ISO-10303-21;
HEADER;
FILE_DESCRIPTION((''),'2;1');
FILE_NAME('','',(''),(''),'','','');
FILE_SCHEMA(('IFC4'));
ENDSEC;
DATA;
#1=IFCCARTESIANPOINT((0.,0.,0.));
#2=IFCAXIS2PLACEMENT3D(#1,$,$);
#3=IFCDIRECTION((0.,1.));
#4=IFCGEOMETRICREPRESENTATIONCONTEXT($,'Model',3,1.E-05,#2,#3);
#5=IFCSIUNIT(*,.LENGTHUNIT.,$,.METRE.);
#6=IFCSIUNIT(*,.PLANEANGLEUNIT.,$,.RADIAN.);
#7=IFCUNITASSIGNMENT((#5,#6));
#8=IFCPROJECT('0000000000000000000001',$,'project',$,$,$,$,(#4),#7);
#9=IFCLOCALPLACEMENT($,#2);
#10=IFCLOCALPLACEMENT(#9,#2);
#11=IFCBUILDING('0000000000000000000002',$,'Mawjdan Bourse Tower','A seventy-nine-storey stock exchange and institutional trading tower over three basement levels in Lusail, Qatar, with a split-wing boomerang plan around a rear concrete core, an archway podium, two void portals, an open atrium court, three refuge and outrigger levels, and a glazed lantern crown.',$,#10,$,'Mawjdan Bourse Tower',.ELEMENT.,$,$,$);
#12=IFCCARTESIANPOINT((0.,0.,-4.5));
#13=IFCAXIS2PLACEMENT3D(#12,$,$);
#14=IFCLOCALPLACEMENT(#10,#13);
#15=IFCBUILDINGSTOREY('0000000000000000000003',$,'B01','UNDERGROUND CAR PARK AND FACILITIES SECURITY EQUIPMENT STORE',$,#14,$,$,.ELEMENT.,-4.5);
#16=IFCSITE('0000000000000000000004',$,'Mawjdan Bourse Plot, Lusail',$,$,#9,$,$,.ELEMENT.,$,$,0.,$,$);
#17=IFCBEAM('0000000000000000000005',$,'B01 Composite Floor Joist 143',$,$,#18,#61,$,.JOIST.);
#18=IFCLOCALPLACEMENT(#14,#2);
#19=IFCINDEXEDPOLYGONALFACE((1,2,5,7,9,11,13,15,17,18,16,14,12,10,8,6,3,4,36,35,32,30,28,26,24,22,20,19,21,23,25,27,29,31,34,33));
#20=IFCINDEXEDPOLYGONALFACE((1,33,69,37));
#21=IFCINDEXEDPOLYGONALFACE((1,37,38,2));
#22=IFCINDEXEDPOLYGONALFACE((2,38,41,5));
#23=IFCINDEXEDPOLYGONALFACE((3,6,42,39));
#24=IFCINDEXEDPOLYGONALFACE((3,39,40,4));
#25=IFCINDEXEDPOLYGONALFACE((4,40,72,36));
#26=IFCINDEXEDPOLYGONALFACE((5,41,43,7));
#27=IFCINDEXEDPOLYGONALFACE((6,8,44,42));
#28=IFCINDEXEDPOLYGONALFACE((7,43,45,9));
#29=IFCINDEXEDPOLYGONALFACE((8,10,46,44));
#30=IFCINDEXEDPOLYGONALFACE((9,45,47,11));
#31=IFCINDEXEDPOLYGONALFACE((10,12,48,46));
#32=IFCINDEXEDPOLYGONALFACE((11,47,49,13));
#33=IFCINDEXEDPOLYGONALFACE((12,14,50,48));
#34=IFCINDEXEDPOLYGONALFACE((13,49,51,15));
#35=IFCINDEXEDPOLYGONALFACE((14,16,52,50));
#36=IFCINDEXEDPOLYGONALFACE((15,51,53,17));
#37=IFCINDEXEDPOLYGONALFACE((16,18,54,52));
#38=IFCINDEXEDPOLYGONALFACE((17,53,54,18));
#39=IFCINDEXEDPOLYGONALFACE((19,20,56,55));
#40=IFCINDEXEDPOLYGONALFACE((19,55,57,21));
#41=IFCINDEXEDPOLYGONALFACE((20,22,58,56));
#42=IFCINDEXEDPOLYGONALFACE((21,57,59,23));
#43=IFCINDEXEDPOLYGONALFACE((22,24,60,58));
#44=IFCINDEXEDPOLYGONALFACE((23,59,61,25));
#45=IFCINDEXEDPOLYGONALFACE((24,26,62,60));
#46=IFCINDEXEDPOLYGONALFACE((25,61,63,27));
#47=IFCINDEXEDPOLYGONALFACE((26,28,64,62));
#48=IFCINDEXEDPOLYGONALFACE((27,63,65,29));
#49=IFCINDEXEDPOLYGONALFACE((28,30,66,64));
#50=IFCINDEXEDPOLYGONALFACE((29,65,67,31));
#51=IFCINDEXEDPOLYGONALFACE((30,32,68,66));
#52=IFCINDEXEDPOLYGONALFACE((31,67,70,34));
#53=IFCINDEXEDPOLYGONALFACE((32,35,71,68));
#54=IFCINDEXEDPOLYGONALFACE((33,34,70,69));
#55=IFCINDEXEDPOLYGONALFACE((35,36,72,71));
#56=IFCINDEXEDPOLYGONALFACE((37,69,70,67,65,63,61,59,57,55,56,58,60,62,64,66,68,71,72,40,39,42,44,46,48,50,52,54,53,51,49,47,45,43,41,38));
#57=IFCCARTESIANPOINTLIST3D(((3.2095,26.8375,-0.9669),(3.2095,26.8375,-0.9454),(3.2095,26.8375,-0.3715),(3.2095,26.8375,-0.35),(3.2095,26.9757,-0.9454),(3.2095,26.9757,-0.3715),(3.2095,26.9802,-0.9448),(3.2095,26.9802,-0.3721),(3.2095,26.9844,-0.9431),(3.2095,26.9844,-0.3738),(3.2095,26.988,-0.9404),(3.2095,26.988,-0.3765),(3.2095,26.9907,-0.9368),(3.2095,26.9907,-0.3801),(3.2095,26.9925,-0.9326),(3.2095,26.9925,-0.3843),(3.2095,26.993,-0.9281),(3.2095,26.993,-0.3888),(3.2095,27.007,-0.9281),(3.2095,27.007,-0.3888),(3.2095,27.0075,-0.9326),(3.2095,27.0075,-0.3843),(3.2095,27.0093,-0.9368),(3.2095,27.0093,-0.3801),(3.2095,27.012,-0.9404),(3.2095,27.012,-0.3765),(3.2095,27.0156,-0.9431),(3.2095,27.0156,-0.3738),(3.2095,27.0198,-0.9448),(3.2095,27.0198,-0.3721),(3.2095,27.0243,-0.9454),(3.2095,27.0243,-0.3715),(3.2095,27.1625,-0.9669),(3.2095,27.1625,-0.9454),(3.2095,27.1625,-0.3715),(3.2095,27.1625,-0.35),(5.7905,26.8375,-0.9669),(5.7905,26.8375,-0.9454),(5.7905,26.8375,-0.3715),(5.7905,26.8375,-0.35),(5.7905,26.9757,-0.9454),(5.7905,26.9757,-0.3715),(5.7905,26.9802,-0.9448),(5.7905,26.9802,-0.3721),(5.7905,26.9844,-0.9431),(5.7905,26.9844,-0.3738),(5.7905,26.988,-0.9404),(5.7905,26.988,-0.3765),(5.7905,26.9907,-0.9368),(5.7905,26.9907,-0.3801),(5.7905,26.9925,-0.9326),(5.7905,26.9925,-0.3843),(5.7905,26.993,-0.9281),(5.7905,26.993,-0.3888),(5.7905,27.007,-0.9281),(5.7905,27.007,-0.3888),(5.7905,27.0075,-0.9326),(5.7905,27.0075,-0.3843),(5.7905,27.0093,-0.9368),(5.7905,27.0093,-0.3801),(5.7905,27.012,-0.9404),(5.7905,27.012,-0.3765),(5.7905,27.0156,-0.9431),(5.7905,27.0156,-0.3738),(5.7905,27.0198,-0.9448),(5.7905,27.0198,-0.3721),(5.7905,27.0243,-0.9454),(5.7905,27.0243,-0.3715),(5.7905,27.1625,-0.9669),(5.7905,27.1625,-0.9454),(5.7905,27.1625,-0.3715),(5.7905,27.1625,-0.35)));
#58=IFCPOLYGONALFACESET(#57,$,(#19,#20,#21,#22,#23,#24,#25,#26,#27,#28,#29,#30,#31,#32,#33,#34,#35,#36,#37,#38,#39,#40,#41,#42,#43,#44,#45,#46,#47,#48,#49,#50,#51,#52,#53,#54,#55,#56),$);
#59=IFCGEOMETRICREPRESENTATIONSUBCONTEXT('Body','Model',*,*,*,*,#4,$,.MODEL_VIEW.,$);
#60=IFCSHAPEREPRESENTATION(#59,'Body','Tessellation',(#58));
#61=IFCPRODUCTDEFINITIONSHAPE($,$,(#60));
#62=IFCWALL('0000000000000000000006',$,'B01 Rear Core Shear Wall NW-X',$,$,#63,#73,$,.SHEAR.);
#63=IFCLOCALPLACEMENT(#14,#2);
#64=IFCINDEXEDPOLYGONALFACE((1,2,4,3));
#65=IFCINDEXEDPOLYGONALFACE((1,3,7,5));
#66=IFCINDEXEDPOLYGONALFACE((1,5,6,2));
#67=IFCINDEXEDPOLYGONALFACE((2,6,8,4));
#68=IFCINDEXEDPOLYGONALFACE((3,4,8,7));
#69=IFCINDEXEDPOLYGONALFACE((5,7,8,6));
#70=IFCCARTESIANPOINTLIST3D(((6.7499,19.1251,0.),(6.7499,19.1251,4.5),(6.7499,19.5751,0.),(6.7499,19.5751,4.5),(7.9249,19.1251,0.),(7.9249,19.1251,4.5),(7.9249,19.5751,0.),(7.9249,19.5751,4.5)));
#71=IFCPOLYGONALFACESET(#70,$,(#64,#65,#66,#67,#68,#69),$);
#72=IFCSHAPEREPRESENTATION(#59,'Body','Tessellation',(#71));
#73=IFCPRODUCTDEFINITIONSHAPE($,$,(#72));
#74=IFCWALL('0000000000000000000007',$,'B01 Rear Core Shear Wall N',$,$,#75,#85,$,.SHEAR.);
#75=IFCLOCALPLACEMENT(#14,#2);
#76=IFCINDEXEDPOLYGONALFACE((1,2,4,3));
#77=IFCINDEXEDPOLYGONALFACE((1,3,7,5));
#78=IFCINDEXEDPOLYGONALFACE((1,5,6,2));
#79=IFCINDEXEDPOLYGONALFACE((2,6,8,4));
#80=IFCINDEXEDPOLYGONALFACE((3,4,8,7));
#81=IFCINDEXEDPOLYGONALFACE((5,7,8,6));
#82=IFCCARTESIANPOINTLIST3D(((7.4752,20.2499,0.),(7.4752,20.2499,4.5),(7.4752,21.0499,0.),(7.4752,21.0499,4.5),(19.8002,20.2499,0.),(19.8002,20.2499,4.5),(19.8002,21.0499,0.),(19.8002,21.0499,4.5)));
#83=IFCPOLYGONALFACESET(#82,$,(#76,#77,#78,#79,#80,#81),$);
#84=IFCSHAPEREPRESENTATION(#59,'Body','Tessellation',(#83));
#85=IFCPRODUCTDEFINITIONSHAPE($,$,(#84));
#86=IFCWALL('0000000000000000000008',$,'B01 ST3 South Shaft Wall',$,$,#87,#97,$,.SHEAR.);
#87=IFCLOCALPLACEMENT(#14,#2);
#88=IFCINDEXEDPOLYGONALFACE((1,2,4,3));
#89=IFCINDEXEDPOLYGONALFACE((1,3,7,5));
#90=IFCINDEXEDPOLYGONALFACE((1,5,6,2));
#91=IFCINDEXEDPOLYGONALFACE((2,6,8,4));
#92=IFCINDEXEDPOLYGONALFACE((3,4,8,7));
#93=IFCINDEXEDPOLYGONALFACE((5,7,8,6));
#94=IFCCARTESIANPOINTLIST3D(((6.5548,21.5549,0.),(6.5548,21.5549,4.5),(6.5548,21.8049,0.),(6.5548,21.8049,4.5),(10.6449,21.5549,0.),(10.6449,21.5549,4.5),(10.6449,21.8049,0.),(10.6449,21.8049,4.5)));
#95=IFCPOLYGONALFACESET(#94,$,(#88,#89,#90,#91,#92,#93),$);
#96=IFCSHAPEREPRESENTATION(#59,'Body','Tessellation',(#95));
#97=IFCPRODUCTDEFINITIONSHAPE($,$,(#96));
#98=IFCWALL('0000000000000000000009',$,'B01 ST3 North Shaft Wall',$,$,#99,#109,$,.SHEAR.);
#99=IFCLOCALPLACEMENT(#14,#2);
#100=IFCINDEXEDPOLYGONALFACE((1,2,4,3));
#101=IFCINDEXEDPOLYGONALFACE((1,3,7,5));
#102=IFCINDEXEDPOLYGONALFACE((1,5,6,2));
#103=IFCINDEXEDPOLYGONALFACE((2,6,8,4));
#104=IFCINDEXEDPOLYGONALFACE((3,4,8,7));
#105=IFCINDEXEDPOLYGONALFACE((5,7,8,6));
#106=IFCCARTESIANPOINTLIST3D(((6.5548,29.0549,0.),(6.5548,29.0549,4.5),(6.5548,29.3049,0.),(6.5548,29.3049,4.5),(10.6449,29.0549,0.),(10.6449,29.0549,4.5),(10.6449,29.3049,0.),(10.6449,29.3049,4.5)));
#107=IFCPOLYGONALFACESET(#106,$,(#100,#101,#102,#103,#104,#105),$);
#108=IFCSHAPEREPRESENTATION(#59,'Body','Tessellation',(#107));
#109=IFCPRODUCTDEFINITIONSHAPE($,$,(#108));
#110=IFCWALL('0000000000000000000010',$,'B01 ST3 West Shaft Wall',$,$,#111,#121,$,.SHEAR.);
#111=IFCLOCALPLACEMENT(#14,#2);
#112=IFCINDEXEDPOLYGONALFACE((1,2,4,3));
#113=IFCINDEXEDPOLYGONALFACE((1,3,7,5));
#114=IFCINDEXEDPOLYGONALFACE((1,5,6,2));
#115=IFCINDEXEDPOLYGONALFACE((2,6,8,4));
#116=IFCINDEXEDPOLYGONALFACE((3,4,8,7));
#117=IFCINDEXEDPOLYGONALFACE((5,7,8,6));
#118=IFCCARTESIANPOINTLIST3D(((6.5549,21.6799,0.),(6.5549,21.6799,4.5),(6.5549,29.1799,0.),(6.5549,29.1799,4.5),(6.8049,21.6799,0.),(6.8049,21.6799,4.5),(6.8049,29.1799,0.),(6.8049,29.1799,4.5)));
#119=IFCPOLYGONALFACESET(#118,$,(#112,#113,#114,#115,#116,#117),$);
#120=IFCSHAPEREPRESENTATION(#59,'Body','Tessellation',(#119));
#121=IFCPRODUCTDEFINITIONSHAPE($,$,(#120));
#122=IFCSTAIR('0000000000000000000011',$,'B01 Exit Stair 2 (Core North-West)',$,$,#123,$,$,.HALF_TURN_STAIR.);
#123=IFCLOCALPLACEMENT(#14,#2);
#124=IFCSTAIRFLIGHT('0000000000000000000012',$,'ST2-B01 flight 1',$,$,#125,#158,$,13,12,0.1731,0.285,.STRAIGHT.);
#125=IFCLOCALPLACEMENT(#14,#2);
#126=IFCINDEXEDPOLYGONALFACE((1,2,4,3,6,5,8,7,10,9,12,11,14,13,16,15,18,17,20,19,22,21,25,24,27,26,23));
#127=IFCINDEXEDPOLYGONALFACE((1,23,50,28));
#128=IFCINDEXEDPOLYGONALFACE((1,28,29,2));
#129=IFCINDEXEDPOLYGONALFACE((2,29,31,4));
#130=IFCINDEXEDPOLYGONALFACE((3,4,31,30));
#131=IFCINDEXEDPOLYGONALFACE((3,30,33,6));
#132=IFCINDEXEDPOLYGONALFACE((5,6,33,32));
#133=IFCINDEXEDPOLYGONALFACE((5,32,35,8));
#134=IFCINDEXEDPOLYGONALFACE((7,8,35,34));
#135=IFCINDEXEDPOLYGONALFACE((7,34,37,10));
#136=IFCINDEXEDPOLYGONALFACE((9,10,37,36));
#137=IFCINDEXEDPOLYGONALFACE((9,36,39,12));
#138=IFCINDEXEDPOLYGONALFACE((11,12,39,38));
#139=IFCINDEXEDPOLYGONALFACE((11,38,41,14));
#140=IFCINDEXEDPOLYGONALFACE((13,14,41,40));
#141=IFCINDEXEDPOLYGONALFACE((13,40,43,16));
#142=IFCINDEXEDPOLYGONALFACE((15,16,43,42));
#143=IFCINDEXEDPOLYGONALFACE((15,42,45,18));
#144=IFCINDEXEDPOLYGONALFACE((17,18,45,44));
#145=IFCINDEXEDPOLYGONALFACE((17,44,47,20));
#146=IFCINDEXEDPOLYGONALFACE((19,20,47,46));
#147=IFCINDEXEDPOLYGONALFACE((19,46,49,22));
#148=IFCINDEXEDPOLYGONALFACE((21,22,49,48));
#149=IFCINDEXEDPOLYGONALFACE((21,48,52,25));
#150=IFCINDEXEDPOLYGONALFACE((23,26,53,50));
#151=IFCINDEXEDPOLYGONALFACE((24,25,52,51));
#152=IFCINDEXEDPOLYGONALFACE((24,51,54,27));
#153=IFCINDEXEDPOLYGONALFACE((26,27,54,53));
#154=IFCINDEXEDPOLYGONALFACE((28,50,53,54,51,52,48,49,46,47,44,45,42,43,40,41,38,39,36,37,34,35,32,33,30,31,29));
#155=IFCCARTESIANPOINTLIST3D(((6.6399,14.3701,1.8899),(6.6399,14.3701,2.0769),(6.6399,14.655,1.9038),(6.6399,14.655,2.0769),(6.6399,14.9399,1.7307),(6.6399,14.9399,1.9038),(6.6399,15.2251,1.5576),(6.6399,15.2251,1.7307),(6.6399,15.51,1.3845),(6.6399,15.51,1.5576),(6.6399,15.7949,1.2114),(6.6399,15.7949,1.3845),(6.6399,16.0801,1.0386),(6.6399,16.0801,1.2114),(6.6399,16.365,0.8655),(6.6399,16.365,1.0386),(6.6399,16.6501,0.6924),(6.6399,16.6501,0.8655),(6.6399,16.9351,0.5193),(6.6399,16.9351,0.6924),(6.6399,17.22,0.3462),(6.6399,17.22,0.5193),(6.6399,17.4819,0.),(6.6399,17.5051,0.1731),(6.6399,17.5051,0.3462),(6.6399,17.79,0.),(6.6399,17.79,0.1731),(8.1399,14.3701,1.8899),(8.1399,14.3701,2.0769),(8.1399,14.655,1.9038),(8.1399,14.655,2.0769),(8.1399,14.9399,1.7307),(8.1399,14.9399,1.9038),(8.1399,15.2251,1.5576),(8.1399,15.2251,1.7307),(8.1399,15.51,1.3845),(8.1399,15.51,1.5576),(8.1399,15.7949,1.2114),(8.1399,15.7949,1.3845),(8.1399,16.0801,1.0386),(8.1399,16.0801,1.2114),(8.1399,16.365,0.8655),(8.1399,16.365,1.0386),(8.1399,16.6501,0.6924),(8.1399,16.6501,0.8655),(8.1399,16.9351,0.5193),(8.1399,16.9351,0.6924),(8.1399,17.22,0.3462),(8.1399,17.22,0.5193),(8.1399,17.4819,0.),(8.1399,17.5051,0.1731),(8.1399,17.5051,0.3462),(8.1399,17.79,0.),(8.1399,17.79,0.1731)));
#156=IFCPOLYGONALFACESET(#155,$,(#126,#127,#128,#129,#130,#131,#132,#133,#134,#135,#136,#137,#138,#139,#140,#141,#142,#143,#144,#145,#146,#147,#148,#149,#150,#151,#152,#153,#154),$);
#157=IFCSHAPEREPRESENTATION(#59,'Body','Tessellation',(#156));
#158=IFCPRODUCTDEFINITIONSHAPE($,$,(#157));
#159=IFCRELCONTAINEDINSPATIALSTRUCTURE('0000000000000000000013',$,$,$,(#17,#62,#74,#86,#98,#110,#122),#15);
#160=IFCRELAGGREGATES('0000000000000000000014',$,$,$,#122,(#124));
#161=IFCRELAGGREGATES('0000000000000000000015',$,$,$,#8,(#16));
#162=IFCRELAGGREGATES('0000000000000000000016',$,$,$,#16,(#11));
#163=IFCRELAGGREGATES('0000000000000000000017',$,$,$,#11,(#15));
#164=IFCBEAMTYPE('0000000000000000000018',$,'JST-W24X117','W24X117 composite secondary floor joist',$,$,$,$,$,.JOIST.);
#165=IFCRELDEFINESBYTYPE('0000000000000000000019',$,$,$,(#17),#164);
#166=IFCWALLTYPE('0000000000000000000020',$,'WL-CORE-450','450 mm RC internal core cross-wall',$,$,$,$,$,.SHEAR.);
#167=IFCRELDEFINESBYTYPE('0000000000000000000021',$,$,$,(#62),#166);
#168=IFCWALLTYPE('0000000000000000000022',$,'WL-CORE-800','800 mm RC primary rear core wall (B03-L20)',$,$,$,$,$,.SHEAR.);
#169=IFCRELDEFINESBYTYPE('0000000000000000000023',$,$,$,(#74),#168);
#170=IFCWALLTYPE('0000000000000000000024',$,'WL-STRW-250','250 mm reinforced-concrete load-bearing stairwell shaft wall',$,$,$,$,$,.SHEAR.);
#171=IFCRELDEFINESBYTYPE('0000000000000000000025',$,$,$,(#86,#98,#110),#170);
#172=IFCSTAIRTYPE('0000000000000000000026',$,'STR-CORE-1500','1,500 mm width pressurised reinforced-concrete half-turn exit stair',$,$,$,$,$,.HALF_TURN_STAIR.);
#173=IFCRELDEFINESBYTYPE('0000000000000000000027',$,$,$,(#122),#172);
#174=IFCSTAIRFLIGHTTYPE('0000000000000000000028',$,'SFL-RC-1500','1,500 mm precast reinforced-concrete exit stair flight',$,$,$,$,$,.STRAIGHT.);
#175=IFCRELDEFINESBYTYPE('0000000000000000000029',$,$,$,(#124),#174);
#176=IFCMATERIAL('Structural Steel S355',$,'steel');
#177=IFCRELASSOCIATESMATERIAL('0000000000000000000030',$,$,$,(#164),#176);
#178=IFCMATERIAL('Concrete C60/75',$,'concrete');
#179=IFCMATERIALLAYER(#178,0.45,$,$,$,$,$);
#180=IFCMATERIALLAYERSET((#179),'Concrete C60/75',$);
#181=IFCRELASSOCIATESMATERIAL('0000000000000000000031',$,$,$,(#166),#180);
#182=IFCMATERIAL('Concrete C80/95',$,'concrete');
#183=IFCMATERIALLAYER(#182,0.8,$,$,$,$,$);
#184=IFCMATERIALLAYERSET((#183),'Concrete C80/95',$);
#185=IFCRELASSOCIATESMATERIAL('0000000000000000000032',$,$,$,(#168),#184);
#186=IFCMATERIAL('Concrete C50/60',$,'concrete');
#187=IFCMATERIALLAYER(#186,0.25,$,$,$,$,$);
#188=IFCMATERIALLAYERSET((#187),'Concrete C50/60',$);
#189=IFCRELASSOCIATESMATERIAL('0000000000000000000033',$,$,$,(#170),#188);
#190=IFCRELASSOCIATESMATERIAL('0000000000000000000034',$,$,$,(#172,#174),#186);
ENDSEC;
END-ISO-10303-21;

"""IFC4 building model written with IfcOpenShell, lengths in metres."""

from ifc_helpers import new_model, si_unit, direction, frame, frame_2d, origin, origin_2d, place, context, subcontext, project, spatial, polyline, rectangle, i_section, outline, extrude, material, layer, layer_set, material_profile, profile_set, type_object, element, aggregate, save


model = new_model("IFC4")

# Units and contexts
model_context = context("Model", 3, precision=1e-05, world=origin(), true_north=direction((0.0, 1.0)))
body_context = subcontext(model_context, "Body", "Model", "MODEL_VIEW")
ifc_project = project(units=[si_unit("LENGTHUNIT", "METRE"), si_unit("PLANEANGLEUNIT", "RADIAN")], contexts=[model_context])

# Site, building, storey
site_placement = place(None, origin())
site = spatial("IfcSite", under=ifc_project, at=site_placement, Name="Mawjdan Bourse Plot, Lusail", CompositionType="ELEMENT", RefElevation=0.0)
building_placement = place(site_placement, origin())
building = spatial("IfcBuilding", under=site, at=building_placement, Name="Mawjdan Bourse Tower", Description="A seventy-nine-storey stock exchange and institutional trading tower over three basement levels in Lusail, Qatar, with a split-wing boomerang plan around a rear concrete core, an archway podium, two void portals, an open atrium court, three refuge and outrigger levels, and a glazed lantern crown.", LongName="Mawjdan Bourse Tower", CompositionType="ELEMENT")
storey_placement = place(building_placement, frame((0.0, 0.0, -4.5)))
storey = spatial("IfcBuildingStorey", under=building, at=storey_placement, Name="B01", Description="UNDERGROUND CAR PARK AND FACILITIES SECURITY EQUIPMENT STORE", CompositionType="ELEMENT", Elevation=-4.5)

# Shared definitions
ifc_material_1 = material(Name="Concrete C80/95", Category="concrete")
ifc_material_2 = material(Name="Concrete C60/75", Category="concrete")

# Beam
ifc_material_3 = material(Name="Structural Steel S355", Category="steel")
ifc_material_profile_1 = material_profile(ifc_material_3, i_section(OverallWidth=0.325, OverallDepth=0.6169, WebThickness=0.0139, FlangeThickness=0.0215, FilletRadius=0.0173, at=origin_2d()), Name="W24X117")
ifc_profile_set_1 = profile_set([ifc_material_profile_1], Name="Structural Steel S355")
beam_type_1 = type_object("IfcBeamType", Name="JST-W24X117", Description="W24X117 composite secondary floor joist", PredefinedType="JOIST", material=ifc_profile_set_1)
for number, where, z_axis, x_axis, name in (
    (1, (3.2095, 27.0, -0.6584), (1.0, 0.0, 0.0), (0.0, 1.0, 0.0), "B01 Composite Floor Joist 143"),
):
    element("IfcBeam", number, at=place(storey_placement, frame(where, z_axis=z_axis, x_axis=x_axis)), inside=storey, type_object=beam_type_1, Name=name, PredefinedType="JOIST", context=body_context, shape_type="SweptSolid", body=[
        extrude(i_section(OverallWidth=0.325, OverallDepth=0.6169, WebThickness=0.0139, FlangeThickness=0.0215, FilletRadius=0.0173, at=origin_2d()), origin(), (0.0, 0.0, 1.0), 2.5811),
    ])

# Walls
ifc_layer_1 = layer(ifc_material_2, 0.45)
ifc_layer_set_1 = layer_set([ifc_layer_1], Name="Concrete C60/75")
wall_type_1 = type_object("IfcWallType", Name="WL-CORE-450", Description="450 mm RC internal core cross-wall", PredefinedType="SHEAR", material=ifc_layer_set_1)
wall_1_placement = place(storey_placement, frame((6.75, 19.3501, 0.0), z_axis=(0.0, 0.0, 1.0), x_axis=(1.0, 0.0, 0.0)))
element("IfcWall", 2, at=wall_1_placement, inside=storey, type_object=wall_type_1, Name="B01 Rear Core Shear Wall NW-X", PredefinedType="SHEAR", context=body_context, shape_type="SweptSolid", body=[
    extrude(rectangle(XDim=1.175, YDim=0.45, at=frame_2d((0.5874, 0.0))), origin(), (0.0, 0.0, 1.0), 4.5),
])
ifc_layer_2 = layer(ifc_material_1, 0.8)
ifc_layer_set_2 = layer_set([ifc_layer_2], Name="Concrete C80/95")
wall_type_2 = type_object("IfcWallType", Name="WL-CORE-800", Description="800 mm RC primary rear core wall (B03-L20)", PredefinedType="SHEAR", material=ifc_layer_set_2)
wall_2_placement = place(storey_placement, frame((7.4751, 20.6499, 0.0), z_axis=(0.0, 0.0, 1.0), x_axis=(1.0, 0.0, 0.0)))
element("IfcWall", 3, at=wall_2_placement, inside=storey, type_object=wall_type_2, Name="B01 Rear Core Shear Wall N", PredefinedType="SHEAR", context=body_context, shape_type="SweptSolid", body=[
    extrude(rectangle(XDim=12.325, YDim=0.8, at=frame_2d((6.1626, 0.0))), origin(), (0.0, 0.0, 1.0), 4.5),
])
ifc_material_4 = material(Name="Concrete C50/60", Category="concrete")
ifc_layer_3 = layer(ifc_material_4, 0.25)
ifc_layer_set_3 = layer_set([ifc_layer_3], Name="Concrete C50/60")
wall_type_3 = type_object("IfcWallType", Name="WL-STRW-250", Description="250 mm reinforced-concrete load-bearing stairwell shaft wall", PredefinedType="SHEAR", material=ifc_layer_set_3)
for number, where, z_axis, x_axis, name in (
    (4, (6.5549, 21.6799, 0.0), (0.0, 0.0, 1.0), (1.0, 0.0, 0.0), "B01 ST3 South Shaft Wall"),
    (5, (6.5549, 29.1799, 0.0), (0.0, 0.0, 1.0), (1.0, 0.0, 0.0), "B01 ST3 North Shaft Wall"),
):
    element("IfcWall", number, at=place(storey_placement, frame(where, z_axis=z_axis, x_axis=x_axis)), inside=storey, type_object=wall_type_3, Name=name, PredefinedType="SHEAR", context=body_context, shape_type="SweptSolid", body=[
        extrude(rectangle(XDim=4.0901, YDim=0.25, at=frame_2d((2.0449, 0.0))), origin(), (0.0, 0.0, 1.0), 4.5),
    ])
wall_3_placement = place(storey_placement, frame((6.6799, 21.6799, 0.0), z_axis=(0.0, 0.0, 1.0), x_axis=(0.0, 1.0, 0.0)))
element("IfcWall", 6, at=wall_3_placement, inside=storey, type_object=wall_type_3, Name="B01 ST3 West Shaft Wall", PredefinedType="SHEAR", context=body_context, shape_type="SweptSolid", body=[
    extrude(rectangle(XDim=7.5, YDim=0.25, at=frame_2d((3.75, 0.0))), origin(), (0.0, 0.0, 1.0), 4.5),
])

# Stair, stair flight
stair_type = type_object("IfcStairType", Name="STR-CORE-1500", Description="1,500 mm width pressurised reinforced-concrete half-turn exit stair", PredefinedType="HALF_TURN_STAIR", material=ifc_material_4)
stair_placement = place(storey_placement, origin())
stair = element("IfcStair", 7, at=stair_placement, inside=storey, type_object=stair_type, Name="B01 Exit Stair 2 (Core North-West)", PredefinedType="HALF_TURN_STAIR")
stair_flight_type = type_object("IfcStairFlightType", Name="SFL-RC-1500", Description="1,500 mm precast reinforced-concrete exit stair flight", PredefinedType="STRAIGHT", material=ifc_material_4)
stair_flight_placement = place(storey_placement, frame((7.3899, 17.79, 0.0), z_axis=(0.0, 0.0, 1.0), x_axis=(0.0, -1.0, 0.0)))
stair_flight = element("IfcStairFlight", 8, at=stair_flight_placement, type_object=stair_flight_type, Name="ST2-B01 flight 1", NumberOfRisers=13, NumberOfTreads=12, PredefinedType="STRAIGHT", RiserHeight=0.1731, TreadLength=0.285, context=body_context, shape_type="SweptSolid", body=[
    extrude(outline(polyline([(0.0, 0.0), (0.0, 0.1731), (0.2849, 0.1731), (0.2849, 0.3462), (0.5701, 0.3462), (0.5701, 0.5193), (0.855, 0.5193), (0.855, 0.6924), (1.1399, 0.6924), (1.1399, 0.8655), (1.425, 0.8655), (1.425, 1.0386), (1.71, 1.0386), (1.71, 1.2114), (1.9951, 1.2114), (1.9951, 1.3845), (2.28, 1.3845), (2.28, 1.5576), (2.5649, 1.5576), (2.5649, 1.7307), (2.8501, 1.7307), (2.8501, 1.9038), (3.135, 1.9038), (3.135, 2.0769), (3.4199, 2.0769), (3.4199, 2.25), (3.4199, 1.8899), (0.3081, 0.0), (0.0, 0.0)])), frame((0.0, 0.75, 0.0), z_axis=(0.0, -1.0, 0.0), x_axis=(1.0, 0.0, 0.0)), (0.0, 0.0, 1.0), 1.5),
])
aggregate(stair, [stair_flight])

save(model, "model.ifc")
